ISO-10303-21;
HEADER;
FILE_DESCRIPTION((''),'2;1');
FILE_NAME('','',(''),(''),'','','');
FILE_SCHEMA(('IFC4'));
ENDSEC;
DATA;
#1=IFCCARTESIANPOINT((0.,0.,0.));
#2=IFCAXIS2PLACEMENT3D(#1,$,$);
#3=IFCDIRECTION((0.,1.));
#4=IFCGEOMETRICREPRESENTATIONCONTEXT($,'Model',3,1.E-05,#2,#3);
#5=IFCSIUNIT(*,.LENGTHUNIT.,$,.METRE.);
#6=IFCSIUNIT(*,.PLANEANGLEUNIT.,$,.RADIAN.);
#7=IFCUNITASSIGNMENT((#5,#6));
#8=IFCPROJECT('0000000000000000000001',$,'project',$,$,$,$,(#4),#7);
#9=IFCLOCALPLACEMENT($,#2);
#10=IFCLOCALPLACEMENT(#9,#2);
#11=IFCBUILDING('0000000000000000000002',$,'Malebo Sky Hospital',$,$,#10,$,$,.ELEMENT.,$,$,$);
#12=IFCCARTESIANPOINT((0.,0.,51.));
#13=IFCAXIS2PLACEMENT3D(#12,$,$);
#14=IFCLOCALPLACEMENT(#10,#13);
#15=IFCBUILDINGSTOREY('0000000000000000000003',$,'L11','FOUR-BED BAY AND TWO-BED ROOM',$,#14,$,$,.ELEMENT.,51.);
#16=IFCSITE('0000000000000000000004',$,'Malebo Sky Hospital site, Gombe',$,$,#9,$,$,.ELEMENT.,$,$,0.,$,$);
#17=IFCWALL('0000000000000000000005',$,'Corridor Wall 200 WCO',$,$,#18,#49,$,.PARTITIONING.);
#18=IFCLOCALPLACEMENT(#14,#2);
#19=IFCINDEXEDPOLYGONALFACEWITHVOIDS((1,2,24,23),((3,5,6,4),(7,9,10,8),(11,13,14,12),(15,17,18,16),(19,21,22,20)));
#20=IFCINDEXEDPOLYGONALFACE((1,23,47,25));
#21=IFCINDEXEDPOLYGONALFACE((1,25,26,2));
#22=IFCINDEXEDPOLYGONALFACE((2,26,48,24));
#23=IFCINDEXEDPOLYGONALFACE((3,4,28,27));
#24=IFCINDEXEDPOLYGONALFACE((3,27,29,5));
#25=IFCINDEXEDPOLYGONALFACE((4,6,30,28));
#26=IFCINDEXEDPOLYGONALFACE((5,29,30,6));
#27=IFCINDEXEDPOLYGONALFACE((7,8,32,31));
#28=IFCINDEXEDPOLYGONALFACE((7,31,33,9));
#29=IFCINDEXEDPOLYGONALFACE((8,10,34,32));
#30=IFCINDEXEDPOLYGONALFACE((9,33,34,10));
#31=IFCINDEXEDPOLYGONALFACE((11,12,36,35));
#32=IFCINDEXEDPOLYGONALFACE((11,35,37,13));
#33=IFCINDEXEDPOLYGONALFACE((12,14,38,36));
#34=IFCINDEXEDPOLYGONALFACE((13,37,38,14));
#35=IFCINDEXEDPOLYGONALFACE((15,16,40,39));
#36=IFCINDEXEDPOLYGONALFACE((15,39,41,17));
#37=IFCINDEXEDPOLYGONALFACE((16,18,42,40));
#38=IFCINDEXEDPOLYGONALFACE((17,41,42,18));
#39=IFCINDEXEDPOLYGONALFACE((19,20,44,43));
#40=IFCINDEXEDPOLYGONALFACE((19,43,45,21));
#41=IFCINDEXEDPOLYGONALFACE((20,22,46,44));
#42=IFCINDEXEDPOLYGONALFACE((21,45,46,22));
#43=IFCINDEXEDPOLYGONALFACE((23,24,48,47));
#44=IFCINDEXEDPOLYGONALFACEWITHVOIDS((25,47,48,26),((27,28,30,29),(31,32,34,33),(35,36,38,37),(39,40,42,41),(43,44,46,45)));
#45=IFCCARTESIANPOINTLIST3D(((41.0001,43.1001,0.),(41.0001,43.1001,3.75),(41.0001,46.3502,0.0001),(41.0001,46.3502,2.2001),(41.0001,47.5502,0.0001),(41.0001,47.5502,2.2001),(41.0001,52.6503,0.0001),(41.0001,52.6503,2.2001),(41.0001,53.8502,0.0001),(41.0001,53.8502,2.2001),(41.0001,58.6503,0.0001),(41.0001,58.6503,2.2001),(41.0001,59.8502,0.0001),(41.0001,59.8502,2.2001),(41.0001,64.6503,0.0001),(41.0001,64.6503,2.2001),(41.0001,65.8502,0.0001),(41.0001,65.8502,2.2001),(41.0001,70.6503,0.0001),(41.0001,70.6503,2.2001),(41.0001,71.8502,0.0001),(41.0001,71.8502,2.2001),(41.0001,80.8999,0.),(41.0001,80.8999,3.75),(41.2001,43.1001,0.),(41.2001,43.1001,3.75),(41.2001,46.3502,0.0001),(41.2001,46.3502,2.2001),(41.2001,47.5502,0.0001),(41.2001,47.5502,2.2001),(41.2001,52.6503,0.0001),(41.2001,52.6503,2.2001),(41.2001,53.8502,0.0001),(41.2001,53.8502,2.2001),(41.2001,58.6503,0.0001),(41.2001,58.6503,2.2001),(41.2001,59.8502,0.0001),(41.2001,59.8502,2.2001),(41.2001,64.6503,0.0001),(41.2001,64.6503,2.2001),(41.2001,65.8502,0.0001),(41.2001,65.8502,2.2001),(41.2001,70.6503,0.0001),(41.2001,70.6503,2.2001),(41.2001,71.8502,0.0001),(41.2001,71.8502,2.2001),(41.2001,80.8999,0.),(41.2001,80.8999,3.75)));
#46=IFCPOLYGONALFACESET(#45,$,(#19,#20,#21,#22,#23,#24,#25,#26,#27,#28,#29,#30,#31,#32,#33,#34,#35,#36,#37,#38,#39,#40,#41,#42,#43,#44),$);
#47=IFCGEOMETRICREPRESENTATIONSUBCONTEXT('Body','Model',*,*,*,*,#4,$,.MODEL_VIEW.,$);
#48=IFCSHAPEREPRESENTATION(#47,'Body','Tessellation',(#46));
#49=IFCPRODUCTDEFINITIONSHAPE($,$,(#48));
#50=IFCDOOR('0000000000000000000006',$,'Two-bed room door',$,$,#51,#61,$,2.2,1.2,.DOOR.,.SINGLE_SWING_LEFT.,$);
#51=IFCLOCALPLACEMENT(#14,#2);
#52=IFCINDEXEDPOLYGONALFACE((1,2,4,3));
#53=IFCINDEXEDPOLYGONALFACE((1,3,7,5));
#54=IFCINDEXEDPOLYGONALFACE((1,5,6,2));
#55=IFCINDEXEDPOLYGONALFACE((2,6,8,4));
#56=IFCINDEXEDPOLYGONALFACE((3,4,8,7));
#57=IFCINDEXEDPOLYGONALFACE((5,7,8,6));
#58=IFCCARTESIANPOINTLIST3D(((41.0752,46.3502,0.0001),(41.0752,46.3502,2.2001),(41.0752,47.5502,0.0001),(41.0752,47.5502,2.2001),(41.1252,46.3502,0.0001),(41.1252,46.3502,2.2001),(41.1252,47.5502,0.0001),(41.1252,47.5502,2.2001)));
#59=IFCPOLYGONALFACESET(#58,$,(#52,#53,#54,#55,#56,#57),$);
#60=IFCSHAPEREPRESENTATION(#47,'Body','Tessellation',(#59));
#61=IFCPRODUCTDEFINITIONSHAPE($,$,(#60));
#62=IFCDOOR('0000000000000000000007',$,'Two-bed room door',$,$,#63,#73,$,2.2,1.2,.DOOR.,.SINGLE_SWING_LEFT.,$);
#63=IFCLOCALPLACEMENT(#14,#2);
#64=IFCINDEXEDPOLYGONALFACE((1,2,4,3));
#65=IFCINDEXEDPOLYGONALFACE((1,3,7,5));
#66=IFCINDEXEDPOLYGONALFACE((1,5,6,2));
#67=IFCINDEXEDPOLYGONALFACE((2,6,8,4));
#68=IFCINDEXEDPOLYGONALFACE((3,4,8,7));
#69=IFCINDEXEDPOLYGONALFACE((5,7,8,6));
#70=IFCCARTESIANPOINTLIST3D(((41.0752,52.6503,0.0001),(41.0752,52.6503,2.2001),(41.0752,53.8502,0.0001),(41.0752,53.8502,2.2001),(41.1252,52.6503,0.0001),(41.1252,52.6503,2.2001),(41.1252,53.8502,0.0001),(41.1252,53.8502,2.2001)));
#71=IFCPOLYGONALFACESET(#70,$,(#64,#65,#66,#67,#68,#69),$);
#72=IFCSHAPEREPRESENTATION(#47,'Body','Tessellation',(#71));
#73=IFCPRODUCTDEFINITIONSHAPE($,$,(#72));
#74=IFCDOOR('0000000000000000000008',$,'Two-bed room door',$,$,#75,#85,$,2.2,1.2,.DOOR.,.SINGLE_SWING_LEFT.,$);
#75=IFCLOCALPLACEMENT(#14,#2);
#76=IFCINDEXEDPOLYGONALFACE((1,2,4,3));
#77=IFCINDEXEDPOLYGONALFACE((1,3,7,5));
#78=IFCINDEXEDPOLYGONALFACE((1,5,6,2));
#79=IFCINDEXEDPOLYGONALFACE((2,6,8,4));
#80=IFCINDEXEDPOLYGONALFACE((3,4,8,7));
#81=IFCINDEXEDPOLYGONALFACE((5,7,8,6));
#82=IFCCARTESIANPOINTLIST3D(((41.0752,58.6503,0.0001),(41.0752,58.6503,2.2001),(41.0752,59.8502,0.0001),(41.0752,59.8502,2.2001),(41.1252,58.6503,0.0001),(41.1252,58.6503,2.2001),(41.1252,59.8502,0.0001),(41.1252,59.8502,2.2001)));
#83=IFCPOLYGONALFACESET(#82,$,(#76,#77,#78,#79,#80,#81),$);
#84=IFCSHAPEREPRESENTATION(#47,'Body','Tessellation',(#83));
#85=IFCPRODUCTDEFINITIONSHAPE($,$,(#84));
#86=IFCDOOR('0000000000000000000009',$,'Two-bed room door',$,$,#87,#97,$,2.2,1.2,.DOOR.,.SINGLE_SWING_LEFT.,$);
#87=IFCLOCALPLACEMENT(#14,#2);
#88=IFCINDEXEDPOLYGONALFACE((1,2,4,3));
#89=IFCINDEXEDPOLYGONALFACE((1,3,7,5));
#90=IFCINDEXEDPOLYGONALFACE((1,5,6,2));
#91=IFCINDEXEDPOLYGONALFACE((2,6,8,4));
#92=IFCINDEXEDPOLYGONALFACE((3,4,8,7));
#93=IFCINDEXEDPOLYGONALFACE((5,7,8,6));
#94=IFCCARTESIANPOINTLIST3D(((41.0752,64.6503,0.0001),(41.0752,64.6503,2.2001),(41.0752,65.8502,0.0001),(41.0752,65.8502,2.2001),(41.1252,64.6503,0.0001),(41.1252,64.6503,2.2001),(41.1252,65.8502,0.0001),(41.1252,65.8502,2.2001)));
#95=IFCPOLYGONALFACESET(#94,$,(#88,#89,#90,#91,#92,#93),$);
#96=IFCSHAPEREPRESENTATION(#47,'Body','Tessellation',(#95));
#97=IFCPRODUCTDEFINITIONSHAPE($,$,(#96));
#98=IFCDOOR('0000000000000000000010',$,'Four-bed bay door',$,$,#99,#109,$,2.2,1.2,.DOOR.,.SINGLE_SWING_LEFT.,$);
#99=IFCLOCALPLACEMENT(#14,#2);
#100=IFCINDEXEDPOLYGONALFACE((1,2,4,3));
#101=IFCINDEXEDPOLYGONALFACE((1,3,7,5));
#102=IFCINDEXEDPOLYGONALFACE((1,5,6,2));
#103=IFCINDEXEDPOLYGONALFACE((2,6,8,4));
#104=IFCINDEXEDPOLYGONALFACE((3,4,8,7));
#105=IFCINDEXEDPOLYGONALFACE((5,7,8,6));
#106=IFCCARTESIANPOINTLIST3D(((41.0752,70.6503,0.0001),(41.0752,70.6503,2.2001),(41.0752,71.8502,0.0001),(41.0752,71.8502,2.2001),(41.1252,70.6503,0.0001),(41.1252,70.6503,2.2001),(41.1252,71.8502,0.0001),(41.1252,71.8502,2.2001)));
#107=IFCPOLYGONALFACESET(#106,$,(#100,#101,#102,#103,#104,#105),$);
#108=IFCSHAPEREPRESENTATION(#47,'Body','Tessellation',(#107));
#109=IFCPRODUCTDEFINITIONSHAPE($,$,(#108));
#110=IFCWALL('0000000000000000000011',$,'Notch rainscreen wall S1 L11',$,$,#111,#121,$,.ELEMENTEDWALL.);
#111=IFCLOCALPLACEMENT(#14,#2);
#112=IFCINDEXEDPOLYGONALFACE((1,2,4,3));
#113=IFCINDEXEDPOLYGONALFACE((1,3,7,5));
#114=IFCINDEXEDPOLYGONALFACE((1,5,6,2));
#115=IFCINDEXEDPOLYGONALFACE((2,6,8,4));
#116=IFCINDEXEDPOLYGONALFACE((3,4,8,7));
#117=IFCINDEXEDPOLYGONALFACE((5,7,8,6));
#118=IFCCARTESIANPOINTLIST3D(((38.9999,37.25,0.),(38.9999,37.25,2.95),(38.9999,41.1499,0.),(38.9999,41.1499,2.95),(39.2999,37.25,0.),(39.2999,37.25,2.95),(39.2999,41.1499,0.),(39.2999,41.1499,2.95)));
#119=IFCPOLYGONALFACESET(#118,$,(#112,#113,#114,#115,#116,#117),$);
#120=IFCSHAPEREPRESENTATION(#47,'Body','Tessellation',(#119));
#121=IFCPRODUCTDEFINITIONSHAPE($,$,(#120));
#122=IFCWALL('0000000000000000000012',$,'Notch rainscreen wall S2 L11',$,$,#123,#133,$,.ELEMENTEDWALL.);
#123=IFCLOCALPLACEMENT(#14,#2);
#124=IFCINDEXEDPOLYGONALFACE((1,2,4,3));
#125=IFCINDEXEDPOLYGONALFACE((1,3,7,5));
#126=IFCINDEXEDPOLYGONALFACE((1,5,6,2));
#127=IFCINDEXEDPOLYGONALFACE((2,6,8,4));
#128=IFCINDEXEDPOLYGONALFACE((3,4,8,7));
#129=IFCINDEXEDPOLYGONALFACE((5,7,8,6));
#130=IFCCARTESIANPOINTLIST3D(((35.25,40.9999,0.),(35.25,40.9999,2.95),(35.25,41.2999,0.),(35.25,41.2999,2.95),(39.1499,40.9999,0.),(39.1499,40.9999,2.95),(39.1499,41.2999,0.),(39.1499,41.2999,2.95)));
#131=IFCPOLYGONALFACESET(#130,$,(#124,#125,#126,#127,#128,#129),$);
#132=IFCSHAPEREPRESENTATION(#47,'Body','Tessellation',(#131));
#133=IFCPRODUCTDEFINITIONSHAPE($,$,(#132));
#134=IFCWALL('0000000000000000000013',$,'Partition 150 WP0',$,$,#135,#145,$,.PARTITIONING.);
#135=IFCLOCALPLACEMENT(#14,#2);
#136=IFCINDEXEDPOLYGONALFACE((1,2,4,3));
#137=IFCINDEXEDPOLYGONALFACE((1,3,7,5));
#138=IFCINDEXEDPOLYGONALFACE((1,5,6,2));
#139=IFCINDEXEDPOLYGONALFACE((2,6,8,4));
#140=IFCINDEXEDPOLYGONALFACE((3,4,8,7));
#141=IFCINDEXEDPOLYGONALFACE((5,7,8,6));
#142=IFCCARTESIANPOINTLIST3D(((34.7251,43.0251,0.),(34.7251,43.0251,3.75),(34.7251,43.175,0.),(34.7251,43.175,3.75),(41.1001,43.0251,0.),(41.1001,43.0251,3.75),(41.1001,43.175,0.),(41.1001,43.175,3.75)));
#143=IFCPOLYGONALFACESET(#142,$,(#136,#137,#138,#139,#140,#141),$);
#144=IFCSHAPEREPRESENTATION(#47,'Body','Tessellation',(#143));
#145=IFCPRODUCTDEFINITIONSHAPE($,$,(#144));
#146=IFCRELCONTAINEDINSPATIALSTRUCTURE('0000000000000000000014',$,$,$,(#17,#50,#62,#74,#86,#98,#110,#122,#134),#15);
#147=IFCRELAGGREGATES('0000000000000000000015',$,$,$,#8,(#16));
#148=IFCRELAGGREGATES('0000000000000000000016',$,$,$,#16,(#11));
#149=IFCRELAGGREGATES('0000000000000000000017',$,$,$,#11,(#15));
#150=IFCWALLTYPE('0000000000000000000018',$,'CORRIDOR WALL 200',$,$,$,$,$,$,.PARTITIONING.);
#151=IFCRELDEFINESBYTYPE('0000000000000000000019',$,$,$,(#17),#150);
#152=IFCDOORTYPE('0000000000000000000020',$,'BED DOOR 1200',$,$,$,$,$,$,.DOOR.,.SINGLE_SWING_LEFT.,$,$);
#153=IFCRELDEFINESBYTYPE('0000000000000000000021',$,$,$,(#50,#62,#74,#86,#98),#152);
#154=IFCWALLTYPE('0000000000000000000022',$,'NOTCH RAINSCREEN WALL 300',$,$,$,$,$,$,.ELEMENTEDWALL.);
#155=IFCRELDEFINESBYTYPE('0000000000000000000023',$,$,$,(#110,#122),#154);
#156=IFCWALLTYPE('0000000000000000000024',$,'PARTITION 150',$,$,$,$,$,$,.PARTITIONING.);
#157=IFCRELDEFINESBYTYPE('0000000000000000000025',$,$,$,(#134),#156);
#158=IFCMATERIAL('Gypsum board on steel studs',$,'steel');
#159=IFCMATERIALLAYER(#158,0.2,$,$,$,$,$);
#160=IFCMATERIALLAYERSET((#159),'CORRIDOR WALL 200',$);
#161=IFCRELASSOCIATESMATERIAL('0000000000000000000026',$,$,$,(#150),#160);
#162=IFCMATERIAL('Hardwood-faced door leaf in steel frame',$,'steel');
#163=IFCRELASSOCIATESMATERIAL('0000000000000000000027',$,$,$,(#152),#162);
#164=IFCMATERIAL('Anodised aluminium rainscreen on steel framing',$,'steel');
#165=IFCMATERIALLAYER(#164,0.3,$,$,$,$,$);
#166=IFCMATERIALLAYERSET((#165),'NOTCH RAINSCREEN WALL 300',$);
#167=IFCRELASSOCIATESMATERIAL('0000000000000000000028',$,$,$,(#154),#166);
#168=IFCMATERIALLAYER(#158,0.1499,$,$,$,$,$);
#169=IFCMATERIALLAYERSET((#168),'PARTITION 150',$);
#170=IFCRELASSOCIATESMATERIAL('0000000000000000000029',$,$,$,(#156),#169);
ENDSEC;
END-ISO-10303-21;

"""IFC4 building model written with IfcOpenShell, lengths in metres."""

from ifc_helpers import new_model, si_unit, direction, frame, frame_2d, origin, place, context, subcontext, project, spatial, rectangle, extrude, material, layer, layer_set, type_object, element, fill, save


model = new_model("IFC4")

# Units and contexts
model_context = context("Model", 3, precision=1e-05, world=origin(), true_north=direction((0.0, 1.0)))
body_context = subcontext(model_context, "Body", "Model", "MODEL_VIEW")
ifc_project = project(units=[si_unit("LENGTHUNIT", "METRE"), si_unit("PLANEANGLEUNIT", "RADIAN")], contexts=[model_context])

# Site, building, storey
site_placement = place(None, origin())
site = spatial("IfcSite", under=ifc_project, at=site_placement, Name="Malebo Sky Hospital site, Gombe", CompositionType="ELEMENT", RefElevation=0.0)
building_placement = place(site_placement, origin())
building = spatial("IfcBuilding", under=site, at=building_placement, Name="Malebo Sky Hospital", CompositionType="ELEMENT")
storey_placement = place(building_placement, frame((0.0, 0.0, 51.0)))
storey = spatial("IfcBuildingStorey", under=building, at=storey_placement, Name="L11", Description="FOUR-BED BAY AND TWO-BED ROOM", CompositionType="ELEMENT", Elevation=51.0)

# Wall, openings, doors
ifc_material_1 = material(Name="Gypsum board on steel studs", Category="steel")
ifc_layer_1 = layer(ifc_material_1, 0.2)
ifc_layer_set_1 = layer_set([ifc_layer_1], Name="CORRIDOR WALL 200")
wall_type_1 = type_object("IfcWallType", Name="CORRIDOR WALL 200", PredefinedType="PARTITIONING", material=ifc_layer_set_1)
wall_1_placement = place(storey_placement, frame((41.1001, 43.1001, 0.0), z_axis=(0.0, 0.0, 1.0), x_axis=(0.0, 1.0, 0.0)))
wall_1 = element("IfcWall", 1, at=wall_1_placement, inside=storey, type_object=wall_type_1, Name="Corridor Wall 200 WCO", PredefinedType="PARTITIONING", context=body_context, shape_type="SweptSolid", body=[
    extrude(rectangle(XDim=37.7998, YDim=0.2, at=frame_2d((18.8999, 0.0))), origin(), (0.0, 0.0, 1.0), 3.75),
])
opening_1_placement = place(wall_1_placement, frame((3.25, 0.0, 0.0)))
opening_1 = element("IfcOpeningElement", 2, at=opening_1_placement, cuts=wall_1, PredefinedType="OPENING", context=body_context, shape_type="SweptSolid", body=[
    extrude(rectangle(XDim=1.2, YDim=2.2, at=frame_2d((0.6001, 1.1001))), frame((0.0, 0.1099, 0.0), z_axis=(0.0, -1.0, 0.0), x_axis=(1.0, 0.0, 0.0)), (0.0, 0.0, 1.0), 0.22),
])
opening_2_placement = place(wall_1_placement, frame((9.55, 0.0, 0.0)))
opening_2 = element("IfcOpeningElement", 3, at=opening_2_placement, cuts=wall_1, PredefinedType="OPENING", context=body_context, shape_type="SweptSolid", body=[
    extrude(rectangle(XDim=1.2, YDim=2.2, at=frame_2d((0.6001, 1.1001))), frame((0.0, 0.1099, 0.0), z_axis=(0.0, -1.0, 0.0), x_axis=(1.0, 0.0, 0.0)), (0.0, 0.0, 1.0), 0.22),
])
opening_3_placement = place(wall_1_placement, frame((15.55, 0.0, 0.0)))
opening_3 = element("IfcOpeningElement", 4, at=opening_3_placement, cuts=wall_1, PredefinedType="OPENING", context=body_context, shape_type="SweptSolid", body=[
    extrude(rectangle(XDim=1.2, YDim=2.2, at=frame_2d((0.6001, 1.1001))), frame((0.0, 0.1099, 0.0), z_axis=(0.0, -1.0, 0.0), x_axis=(1.0, 0.0, 0.0)), (0.0, 0.0, 1.0), 0.22),
])
opening_4_placement = place(wall_1_placement, frame((21.55, 0.0, 0.0)))
opening_4 = element("IfcOpeningElement", 5, at=opening_4_placement, cuts=wall_1, PredefinedType="OPENING", context=body_context, shape_type="SweptSolid", body=[
    extrude(rectangle(XDim=1.2, YDim=2.2, at=frame_2d((0.6001, 1.1001))), frame((0.0, 0.1099, 0.0), z_axis=(0.0, -1.0, 0.0), x_axis=(1.0, 0.0, 0.0)), (0.0, 0.0, 1.0), 0.22),
])
opening_5_placement = place(wall_1_placement, frame((27.55, 0.0, 0.0)))
opening_5 = element("IfcOpeningElement", 6, at=opening_5_placement, cuts=wall_1, PredefinedType="OPENING", context=body_context, shape_type="SweptSolid", body=[
    extrude(rectangle(XDim=1.2, YDim=2.2, at=frame_2d((0.6001, 1.1001))), frame((0.0, 0.1099, 0.0), z_axis=(0.0, -1.0, 0.0), x_axis=(1.0, 0.0, 0.0)), (0.0, 0.0, 1.0), 0.22),
])
ifc_material_2 = material(Name="Hardwood-faced door leaf in steel frame", Category="steel")
door_type_1 = type_object("IfcDoorType", Name="BED DOOR 1200", OperationType="SINGLE_SWING_LEFT", PredefinedType="DOOR", material=ifc_material_2)
door_1_placement = place(opening_1_placement, origin())
door_1 = element("IfcDoor", 7, at=door_1_placement, inside=storey, type_object=door_type_1, Name="Two-bed room door", OperationType="SINGLE_SWING_LEFT", OverallHeight=2.2, OverallWidth=1.2, PredefinedType="DOOR", context=body_context, shape_type="SweptSolid", body=[
    extrude(rectangle(XDim=1.2, YDim=2.2, at=frame_2d((0.6001, 1.1001))), frame((0.0, 0.0249, 0.0), z_axis=(0.0, -1.0, 0.0), x_axis=(1.0, 0.0, 0.0)), (0.0, 0.0, 1.0), 0.05),
])
fill(opening_1, door_1)
door_2_placement = place(opening_2_placement, origin())
door_2 = element("IfcDoor", 8, at=door_2_placement, inside=storey, type_object=door_type_1, Name="Two-bed room door", OperationType="SINGLE_SWING_LEFT", OverallHeight=2.2, OverallWidth=1.2, PredefinedType="DOOR", context=body_context, shape_type="SweptSolid", body=[
    extrude(rectangle(XDim=1.2, YDim=2.2, at=frame_2d((0.6001, 1.1001))), frame((0.0, 0.0249, 0.0), z_axis=(0.0, -1.0, 0.0), x_axis=(1.0, 0.0, 0.0)), (0.0, 0.0, 1.0), 0.05),
])
fill(opening_2, door_2)
door_3_placement = place(opening_3_placement, origin())
door_3 = element("IfcDoor", 9, at=door_3_placement, inside=storey, type_object=door_type_1, Name="Two-bed room door", OperationType="SINGLE_SWING_LEFT", OverallHeight=2.2, OverallWidth=1.2, PredefinedType="DOOR", context=body_context, shape_type="SweptSolid", body=[
    extrude(rectangle(XDim=1.2, YDim=2.2, at=frame_2d((0.6001, 1.1001))), frame((0.0, 0.0249, 0.0), z_axis=(0.0, -1.0, 0.0), x_axis=(1.0, 0.0, 0.0)), (0.0, 0.0, 1.0), 0.05),
])
fill(opening_3, door_3)
door_4_placement = place(opening_4_placement, origin())
door_4 = element("IfcDoor", 10, at=door_4_placement, inside=storey, type_object=door_type_1, Name="Two-bed room door", OperationType="SINGLE_SWING_LEFT", OverallHeight=2.2, OverallWidth=1.2, PredefinedType="DOOR", context=body_context, shape_type="SweptSolid", body=[
    extrude(rectangle(XDim=1.2, YDim=2.2, at=frame_2d((0.6001, 1.1001))), frame((0.0, 0.0249, 0.0), z_axis=(0.0, -1.0, 0.0), x_axis=(1.0, 0.0, 0.0)), (0.0, 0.0, 1.0), 0.05),
])
fill(opening_4, door_4)
door_5_placement = place(opening_5_placement, origin())
door_5 = element("IfcDoor", 11, at=door_5_placement, inside=storey, type_object=door_type_1, Name="Four-bed bay door", OperationType="SINGLE_SWING_LEFT", OverallHeight=2.2, OverallWidth=1.2, PredefinedType="DOOR", context=body_context, shape_type="SweptSolid", body=[
    extrude(rectangle(XDim=1.2, YDim=2.2, at=frame_2d((0.6001, 1.1001))), frame((0.0, 0.0249, 0.0), z_axis=(0.0, -1.0, 0.0), x_axis=(1.0, 0.0, 0.0)), (0.0, 0.0, 1.0), 0.05),
])
fill(opening_5, door_5)

# Walls
ifc_material_3 = material(Name="Anodised aluminium rainscreen on steel framing", Category="steel")
ifc_layer_2 = layer(ifc_material_3, 0.3)
ifc_layer_set_2 = layer_set([ifc_layer_2], Name="NOTCH RAINSCREEN WALL 300")
wall_type_2 = type_object("IfcWallType", Name="NOTCH RAINSCREEN WALL 300", PredefinedType="ELEMENTEDWALL", material=ifc_layer_set_2)
for number, where, z_axis, x_axis, name in (
    (12, (39.1499, 37.25, 0.0), (0.0, 0.0, 1.0), (0.0, 1.0, 0.0), "Notch rainscreen wall S1 L11"),
    (13, (39.1499, 41.1499, 0.0), (0.0, 0.0, 1.0), (-1.0, 0.0, 0.0), "Notch rainscreen wall S2 L11"),
):
    element("IfcWall", number, at=place(storey_placement, frame(where, z_axis=z_axis, x_axis=x_axis)), inside=storey, type_object=wall_type_2, Name=name, PredefinedType="ELEMENTEDWALL", context=body_context, shape_type="SweptSolid", body=[
        extrude(rectangle(XDim=3.8999, YDim=0.3, at=frame_2d((1.95, 0.0))), origin(), (0.0, 0.0, 1.0), 2.95),
    ])
ifc_layer_3 = layer(ifc_material_1, 0.1499)
ifc_layer_set_3 = layer_set([ifc_layer_3], Name="PARTITION 150")
wall_type_3 = type_object("IfcWallType", Name="PARTITION 150", PredefinedType="PARTITIONING", material=ifc_layer_set_3)
wall_2_placement = place(storey_placement, frame((41.1001, 43.1001, 0.0), z_axis=(0.0, 0.0, 1.0), x_axis=(-1.0, 0.0, 0.0)))
element("IfcWall", 14, at=wall_2_placement, inside=storey, type_object=wall_type_3, Name="Partition 150 WP0", PredefinedType="PARTITIONING", context=body_context, shape_type="SweptSolid", body=[
    extrude(rectangle(XDim=6.375, YDim=0.1499, at=frame_2d((3.1875, 0.0))), origin(), (0.0, 0.0, 1.0), 3.75),
])

save(model, "model.ifc")
